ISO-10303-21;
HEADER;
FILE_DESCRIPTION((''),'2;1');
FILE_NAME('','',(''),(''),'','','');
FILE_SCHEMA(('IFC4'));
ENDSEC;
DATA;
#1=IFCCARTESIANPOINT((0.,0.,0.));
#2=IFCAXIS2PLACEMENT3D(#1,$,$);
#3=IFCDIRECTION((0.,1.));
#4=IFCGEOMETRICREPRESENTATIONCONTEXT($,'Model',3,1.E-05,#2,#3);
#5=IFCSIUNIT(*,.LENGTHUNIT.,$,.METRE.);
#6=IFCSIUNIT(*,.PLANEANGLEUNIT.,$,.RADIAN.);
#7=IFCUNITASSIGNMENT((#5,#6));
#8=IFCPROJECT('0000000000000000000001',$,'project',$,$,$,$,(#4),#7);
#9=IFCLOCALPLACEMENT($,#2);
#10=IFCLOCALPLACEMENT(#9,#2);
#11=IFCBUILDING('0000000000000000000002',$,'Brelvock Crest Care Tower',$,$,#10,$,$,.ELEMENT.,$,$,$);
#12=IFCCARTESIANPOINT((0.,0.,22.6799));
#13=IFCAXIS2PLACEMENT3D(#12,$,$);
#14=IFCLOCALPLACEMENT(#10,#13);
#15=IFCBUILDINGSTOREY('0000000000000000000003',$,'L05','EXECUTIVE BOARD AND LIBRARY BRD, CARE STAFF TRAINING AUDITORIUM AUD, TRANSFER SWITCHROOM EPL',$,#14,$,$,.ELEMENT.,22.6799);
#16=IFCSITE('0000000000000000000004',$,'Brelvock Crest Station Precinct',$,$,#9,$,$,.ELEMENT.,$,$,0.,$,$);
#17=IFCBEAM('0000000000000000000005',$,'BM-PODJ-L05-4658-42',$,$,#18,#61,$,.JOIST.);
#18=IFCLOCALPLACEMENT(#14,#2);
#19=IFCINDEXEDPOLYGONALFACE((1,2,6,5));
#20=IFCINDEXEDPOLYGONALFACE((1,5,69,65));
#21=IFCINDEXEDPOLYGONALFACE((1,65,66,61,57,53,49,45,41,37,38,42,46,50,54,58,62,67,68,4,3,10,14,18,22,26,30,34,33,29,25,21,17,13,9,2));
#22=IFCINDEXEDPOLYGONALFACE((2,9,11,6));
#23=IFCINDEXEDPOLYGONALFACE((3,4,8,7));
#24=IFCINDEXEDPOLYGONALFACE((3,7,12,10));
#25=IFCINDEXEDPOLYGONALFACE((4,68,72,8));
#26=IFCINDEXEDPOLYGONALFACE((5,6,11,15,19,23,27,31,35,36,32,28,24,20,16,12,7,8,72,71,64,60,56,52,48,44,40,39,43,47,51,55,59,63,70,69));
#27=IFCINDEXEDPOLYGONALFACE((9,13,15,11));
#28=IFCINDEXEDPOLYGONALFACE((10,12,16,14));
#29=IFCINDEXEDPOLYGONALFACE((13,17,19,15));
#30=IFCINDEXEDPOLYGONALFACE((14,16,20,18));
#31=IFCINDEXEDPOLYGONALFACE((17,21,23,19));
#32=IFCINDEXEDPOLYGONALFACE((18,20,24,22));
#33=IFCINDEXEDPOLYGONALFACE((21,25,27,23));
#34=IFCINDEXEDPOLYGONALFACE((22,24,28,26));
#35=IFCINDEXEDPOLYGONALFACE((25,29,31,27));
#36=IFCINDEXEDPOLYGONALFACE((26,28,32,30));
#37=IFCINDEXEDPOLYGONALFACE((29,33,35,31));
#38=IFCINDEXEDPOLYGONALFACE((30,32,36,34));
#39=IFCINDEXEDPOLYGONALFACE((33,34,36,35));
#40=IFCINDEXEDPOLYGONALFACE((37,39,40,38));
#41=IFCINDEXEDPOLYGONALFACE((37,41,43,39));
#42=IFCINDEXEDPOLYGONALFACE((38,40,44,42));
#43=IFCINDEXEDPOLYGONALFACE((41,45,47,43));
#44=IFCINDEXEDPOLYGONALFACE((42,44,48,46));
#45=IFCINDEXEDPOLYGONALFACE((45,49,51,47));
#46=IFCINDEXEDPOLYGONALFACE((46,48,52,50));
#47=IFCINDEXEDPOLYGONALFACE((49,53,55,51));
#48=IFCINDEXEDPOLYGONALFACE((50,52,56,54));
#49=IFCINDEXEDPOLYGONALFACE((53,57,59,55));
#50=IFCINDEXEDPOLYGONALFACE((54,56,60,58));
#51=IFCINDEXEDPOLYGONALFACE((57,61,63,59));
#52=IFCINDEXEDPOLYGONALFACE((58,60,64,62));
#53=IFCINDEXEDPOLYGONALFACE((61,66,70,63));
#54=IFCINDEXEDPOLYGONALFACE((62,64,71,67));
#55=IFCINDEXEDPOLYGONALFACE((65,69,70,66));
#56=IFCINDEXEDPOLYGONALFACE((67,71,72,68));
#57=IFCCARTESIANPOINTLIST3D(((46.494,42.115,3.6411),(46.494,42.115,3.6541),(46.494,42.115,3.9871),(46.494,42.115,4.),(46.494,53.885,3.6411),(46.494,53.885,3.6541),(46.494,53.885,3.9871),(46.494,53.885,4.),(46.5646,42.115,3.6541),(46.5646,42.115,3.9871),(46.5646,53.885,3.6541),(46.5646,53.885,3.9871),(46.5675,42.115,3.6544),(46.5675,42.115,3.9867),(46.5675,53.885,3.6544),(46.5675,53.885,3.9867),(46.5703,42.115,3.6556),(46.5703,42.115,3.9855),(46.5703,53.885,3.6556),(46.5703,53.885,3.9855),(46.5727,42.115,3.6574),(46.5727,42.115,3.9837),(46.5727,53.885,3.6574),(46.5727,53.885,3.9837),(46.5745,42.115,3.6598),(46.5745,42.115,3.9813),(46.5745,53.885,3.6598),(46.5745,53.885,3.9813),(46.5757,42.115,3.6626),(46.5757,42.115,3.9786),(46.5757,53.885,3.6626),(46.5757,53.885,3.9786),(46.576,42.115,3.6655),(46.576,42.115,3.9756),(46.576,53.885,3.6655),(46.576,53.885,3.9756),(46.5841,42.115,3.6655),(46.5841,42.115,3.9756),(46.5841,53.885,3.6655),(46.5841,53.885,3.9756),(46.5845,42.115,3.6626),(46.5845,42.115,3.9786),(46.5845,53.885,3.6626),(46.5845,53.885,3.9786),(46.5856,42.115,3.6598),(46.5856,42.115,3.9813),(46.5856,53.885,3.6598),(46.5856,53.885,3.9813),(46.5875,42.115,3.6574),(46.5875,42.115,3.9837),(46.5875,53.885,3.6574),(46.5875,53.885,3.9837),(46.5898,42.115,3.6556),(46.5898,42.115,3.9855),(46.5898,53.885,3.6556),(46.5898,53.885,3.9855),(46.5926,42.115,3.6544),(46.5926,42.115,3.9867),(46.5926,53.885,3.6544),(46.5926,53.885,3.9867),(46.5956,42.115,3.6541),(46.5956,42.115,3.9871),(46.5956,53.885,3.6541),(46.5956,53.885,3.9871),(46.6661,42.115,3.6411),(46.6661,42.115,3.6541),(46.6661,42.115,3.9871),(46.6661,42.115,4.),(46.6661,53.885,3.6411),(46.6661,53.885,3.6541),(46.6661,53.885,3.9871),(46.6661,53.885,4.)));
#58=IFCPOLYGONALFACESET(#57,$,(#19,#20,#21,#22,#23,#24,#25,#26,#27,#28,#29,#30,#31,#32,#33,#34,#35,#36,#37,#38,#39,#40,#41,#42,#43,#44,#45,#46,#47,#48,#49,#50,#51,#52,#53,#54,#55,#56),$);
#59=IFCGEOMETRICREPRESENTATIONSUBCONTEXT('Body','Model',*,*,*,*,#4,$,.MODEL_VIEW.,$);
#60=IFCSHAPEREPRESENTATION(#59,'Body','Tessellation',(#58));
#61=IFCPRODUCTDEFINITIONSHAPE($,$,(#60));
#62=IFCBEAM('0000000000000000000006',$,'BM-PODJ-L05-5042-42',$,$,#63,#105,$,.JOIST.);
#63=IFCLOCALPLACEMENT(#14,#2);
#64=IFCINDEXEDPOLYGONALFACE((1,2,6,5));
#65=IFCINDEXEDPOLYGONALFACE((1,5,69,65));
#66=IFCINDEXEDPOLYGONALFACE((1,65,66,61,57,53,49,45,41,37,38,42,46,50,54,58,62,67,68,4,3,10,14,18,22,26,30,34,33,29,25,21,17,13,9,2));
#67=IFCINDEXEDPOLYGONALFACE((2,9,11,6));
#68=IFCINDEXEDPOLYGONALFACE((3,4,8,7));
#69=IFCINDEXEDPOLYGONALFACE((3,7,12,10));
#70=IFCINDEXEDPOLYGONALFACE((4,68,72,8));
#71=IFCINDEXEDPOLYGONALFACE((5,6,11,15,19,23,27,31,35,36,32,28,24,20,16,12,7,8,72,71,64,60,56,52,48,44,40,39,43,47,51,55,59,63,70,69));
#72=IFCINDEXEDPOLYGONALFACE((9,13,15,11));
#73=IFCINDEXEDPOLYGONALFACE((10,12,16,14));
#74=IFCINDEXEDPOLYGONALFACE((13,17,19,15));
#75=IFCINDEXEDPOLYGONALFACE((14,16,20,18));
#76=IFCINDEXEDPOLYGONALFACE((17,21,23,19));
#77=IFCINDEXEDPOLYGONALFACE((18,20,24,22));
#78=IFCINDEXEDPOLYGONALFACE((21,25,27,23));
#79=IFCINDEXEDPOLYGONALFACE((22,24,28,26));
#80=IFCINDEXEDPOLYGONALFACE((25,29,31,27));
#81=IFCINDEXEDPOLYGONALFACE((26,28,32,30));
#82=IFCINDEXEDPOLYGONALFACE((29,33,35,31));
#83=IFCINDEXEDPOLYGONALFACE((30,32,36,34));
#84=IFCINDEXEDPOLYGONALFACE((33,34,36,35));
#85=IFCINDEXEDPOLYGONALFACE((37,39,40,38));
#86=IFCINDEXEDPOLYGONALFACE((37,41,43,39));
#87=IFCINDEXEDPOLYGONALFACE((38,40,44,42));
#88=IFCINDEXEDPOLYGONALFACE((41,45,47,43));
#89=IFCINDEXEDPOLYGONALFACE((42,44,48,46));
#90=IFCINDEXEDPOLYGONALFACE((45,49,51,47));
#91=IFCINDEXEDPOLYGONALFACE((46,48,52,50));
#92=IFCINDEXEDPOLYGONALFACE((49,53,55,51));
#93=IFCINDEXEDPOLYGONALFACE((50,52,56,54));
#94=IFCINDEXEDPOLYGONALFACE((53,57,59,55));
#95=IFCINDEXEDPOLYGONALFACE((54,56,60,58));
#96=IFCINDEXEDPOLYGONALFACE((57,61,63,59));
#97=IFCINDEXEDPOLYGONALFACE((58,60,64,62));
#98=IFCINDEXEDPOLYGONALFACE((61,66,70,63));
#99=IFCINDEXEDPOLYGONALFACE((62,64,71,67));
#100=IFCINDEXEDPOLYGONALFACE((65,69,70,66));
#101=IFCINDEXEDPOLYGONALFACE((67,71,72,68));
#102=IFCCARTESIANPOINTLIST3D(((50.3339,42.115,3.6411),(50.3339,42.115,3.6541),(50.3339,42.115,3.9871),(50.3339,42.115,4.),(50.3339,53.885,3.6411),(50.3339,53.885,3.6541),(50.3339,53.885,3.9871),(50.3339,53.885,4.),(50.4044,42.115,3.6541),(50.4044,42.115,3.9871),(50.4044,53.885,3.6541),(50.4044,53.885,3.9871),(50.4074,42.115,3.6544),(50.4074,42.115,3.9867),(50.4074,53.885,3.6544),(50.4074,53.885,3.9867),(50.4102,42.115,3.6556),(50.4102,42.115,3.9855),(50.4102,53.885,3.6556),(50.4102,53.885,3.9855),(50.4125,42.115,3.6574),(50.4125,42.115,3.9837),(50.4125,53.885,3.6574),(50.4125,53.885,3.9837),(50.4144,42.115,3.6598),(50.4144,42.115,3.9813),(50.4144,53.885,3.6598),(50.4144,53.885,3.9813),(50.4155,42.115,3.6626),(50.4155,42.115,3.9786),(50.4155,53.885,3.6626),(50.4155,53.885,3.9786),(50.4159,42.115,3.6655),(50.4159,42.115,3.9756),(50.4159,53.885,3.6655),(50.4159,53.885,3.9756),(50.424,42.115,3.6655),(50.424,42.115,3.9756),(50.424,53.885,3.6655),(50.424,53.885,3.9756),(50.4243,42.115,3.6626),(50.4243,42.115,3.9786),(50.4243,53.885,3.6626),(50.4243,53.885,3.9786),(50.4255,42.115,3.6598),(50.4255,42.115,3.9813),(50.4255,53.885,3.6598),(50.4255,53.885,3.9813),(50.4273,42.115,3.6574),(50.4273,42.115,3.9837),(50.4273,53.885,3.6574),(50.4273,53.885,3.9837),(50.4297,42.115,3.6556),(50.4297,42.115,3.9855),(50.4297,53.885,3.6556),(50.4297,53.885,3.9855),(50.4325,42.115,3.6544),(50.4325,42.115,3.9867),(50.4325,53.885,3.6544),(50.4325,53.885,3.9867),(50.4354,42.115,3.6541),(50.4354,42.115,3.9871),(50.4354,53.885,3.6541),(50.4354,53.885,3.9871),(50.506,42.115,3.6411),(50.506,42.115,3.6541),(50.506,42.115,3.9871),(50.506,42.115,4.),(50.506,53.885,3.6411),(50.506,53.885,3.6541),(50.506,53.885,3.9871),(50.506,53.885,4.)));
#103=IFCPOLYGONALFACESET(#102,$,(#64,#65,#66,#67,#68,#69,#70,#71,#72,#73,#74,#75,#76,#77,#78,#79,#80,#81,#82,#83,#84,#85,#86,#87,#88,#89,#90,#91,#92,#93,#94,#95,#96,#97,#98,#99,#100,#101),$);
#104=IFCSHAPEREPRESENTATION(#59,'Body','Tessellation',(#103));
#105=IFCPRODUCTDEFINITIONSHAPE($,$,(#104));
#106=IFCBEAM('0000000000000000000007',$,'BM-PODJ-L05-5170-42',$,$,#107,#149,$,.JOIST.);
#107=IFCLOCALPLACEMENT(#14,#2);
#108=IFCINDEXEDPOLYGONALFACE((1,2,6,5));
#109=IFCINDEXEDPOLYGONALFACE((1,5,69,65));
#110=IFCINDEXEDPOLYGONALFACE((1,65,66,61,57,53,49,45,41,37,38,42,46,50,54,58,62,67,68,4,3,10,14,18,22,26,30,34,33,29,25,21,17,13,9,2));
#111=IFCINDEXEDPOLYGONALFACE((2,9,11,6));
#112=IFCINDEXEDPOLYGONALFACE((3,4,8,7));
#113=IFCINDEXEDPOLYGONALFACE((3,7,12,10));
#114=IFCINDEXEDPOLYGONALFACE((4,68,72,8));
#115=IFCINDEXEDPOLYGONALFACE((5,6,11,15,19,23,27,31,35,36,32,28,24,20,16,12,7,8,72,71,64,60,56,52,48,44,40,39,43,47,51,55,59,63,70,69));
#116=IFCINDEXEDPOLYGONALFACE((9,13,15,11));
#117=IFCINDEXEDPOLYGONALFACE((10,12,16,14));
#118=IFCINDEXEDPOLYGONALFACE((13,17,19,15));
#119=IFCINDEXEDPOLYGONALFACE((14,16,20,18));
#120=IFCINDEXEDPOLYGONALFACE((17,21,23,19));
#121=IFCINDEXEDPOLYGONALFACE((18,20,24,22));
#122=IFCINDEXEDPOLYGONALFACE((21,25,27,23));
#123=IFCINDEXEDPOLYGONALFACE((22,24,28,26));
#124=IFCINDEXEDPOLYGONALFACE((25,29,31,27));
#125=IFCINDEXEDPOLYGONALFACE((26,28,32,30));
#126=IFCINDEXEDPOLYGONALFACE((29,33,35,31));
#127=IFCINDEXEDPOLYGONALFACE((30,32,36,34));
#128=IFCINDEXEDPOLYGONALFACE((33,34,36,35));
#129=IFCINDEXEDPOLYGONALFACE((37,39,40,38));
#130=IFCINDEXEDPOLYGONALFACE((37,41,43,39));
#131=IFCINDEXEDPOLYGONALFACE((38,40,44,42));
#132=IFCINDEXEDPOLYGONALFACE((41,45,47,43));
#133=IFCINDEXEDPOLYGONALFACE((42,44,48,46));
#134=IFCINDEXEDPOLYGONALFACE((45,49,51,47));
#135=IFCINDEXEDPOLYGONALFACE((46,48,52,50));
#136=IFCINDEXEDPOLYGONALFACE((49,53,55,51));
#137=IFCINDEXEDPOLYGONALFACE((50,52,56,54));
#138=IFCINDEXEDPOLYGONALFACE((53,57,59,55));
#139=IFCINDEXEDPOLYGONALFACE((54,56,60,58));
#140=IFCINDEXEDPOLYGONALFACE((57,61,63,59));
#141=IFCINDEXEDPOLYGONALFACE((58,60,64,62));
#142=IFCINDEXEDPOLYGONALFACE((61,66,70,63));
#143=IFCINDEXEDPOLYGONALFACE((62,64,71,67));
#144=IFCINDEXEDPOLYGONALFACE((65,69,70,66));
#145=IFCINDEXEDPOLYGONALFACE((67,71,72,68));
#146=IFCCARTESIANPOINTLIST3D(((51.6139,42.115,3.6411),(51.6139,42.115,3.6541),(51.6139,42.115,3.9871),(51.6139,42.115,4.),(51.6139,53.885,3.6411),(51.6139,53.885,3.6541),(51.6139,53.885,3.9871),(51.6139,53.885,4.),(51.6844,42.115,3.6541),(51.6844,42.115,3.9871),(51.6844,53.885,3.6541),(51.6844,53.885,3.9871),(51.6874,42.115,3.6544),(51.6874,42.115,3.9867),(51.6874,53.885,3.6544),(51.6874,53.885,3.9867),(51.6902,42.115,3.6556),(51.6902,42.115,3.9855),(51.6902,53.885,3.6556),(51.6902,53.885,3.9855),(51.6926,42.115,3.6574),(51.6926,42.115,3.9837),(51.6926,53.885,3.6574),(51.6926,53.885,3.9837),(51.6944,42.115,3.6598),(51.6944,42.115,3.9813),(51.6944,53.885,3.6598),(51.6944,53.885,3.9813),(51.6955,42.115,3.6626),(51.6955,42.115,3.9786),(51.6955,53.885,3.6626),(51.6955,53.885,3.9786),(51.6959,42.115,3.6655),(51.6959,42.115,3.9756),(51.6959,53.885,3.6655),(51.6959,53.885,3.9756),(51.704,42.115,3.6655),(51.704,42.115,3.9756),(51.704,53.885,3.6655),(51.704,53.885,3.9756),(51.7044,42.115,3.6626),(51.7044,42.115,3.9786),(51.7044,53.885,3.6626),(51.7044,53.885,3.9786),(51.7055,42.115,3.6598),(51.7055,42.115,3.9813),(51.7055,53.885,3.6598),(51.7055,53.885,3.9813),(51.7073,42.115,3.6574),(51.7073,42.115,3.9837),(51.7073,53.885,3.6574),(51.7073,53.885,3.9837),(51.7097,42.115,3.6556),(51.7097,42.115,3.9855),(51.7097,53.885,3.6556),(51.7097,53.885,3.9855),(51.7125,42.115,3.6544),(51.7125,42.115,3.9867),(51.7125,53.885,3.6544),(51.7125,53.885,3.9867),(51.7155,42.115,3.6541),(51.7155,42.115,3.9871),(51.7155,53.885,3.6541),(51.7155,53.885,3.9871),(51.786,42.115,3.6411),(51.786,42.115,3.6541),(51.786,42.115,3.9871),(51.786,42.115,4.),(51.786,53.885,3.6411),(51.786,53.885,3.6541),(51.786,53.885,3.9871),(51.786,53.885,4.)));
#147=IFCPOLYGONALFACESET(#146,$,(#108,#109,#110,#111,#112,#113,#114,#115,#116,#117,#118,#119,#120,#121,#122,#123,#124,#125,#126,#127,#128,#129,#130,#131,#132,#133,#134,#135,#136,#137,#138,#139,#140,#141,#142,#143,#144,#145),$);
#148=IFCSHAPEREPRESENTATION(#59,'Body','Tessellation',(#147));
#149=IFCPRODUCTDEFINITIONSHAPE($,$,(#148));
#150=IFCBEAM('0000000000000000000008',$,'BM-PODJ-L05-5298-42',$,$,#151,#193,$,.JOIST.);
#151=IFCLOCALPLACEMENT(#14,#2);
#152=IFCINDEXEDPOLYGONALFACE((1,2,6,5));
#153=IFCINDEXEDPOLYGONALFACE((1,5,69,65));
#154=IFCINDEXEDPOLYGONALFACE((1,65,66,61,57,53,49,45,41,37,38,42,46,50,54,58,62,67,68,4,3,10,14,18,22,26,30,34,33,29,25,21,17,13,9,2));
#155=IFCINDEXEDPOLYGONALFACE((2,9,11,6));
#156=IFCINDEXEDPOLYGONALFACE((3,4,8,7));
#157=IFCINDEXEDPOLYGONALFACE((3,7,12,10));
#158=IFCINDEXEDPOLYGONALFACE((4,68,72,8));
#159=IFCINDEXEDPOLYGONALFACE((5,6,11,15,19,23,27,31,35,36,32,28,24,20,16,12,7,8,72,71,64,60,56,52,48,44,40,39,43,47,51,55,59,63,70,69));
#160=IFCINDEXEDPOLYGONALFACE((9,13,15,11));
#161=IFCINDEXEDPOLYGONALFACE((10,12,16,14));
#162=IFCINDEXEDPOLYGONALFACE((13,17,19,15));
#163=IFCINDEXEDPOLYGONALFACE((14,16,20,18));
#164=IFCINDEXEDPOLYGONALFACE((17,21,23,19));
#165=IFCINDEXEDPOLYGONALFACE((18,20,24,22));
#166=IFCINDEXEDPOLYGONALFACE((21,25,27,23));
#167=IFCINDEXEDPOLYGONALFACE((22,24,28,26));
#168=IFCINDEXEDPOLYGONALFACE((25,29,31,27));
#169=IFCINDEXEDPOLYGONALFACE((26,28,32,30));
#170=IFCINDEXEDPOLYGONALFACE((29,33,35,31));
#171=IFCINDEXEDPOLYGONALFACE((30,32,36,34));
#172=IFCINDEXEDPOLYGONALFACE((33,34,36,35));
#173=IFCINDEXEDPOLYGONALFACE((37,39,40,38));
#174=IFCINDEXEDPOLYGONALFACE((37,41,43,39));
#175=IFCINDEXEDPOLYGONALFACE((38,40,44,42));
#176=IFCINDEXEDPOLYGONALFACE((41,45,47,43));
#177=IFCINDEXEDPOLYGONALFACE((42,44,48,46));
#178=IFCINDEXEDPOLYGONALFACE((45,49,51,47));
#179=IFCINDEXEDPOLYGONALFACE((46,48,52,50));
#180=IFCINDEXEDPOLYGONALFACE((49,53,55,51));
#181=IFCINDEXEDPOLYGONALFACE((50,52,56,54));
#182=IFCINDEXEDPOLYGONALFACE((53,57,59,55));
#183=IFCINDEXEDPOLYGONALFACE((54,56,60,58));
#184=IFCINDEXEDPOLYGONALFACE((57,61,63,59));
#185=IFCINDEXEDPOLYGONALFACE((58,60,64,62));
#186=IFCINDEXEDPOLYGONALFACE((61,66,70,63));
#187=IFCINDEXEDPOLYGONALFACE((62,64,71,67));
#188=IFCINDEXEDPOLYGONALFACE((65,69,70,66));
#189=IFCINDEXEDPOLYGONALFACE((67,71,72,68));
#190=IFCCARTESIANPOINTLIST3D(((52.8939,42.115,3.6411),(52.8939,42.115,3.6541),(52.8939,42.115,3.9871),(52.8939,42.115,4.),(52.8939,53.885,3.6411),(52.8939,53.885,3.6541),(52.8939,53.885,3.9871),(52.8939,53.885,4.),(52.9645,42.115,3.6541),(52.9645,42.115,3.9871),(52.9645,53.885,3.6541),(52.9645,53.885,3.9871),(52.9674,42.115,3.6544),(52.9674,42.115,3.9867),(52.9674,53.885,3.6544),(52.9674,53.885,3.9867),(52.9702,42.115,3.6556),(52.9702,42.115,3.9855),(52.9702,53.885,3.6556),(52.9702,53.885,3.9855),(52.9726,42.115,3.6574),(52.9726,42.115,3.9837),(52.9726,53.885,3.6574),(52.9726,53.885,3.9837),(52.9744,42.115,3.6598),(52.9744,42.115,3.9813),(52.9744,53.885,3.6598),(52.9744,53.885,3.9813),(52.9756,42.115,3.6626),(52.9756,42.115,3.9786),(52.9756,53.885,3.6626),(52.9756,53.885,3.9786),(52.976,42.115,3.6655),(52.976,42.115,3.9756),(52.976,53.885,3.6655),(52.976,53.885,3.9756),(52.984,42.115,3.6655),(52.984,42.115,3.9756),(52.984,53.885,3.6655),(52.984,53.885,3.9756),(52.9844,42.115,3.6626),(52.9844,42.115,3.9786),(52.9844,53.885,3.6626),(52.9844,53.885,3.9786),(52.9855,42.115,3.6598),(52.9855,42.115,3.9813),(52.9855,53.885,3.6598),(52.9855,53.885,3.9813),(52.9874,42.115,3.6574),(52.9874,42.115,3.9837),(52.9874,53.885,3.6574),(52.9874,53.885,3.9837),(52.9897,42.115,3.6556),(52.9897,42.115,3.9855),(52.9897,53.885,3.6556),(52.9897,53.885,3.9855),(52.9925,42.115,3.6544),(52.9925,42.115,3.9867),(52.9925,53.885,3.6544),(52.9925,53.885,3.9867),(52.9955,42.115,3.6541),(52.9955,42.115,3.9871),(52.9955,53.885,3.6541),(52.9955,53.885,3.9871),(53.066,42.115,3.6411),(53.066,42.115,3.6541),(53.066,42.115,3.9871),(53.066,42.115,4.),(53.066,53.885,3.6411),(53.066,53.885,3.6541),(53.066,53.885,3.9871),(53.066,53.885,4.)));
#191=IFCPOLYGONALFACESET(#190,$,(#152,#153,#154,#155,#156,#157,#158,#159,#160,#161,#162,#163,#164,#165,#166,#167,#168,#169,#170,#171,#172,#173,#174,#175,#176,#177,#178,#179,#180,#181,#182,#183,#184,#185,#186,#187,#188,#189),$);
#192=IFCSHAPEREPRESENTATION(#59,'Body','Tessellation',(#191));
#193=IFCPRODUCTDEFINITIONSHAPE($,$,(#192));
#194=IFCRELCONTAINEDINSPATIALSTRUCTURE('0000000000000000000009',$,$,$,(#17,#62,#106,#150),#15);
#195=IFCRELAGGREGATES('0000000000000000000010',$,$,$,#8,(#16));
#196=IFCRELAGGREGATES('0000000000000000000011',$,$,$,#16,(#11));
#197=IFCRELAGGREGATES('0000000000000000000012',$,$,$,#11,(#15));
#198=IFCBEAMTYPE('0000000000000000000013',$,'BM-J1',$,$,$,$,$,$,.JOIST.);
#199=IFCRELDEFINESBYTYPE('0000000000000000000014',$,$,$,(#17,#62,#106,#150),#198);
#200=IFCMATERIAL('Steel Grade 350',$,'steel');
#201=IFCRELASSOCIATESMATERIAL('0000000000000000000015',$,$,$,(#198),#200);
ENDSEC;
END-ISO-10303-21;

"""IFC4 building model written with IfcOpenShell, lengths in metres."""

from ifc_helpers import new_model, si_unit, direction, frame, origin, origin_2d, place, context, subcontext, project, spatial, i_section, extrude, source, transform, mapped, material, material_profile, profile_set, type_object, element, save


model = new_model("IFC4")

# Units and contexts
model_context = context("Model", 3, precision=1e-05, world=origin(), true_north=direction((0.0, 1.0)))
body_context = subcontext(model_context, "Body", "Model", "MODEL_VIEW")
ifc_project = project(units=[si_unit("LENGTHUNIT", "METRE"), si_unit("PLANEANGLEUNIT", "RADIAN")], contexts=[model_context])

# Site, building, storey
site_placement = place(None, origin())
site = spatial("IfcSite", under=ifc_project, at=site_placement, Name="Brelvock Crest Station Precinct", CompositionType="ELEMENT", RefElevation=0.0)
building_placement = place(site_placement, origin())
building = spatial("IfcBuilding", under=site, at=building_placement, Name="Brelvock Crest Care Tower", CompositionType="ELEMENT")
storey_placement = place(building_placement, frame((0.0, 0.0, 22.6799)))
storey = spatial("IfcBuildingStorey", under=building, at=storey_placement, Name="L05", Description="EXECUTIVE BOARD AND LIBRARY BRD, CARE STAFF TRAINING AUDITORIUM AUD, TRANSFER SWITCHROOM EPL", CompositionType="ELEMENT", Elevation=22.6799)

# Shared definitions
ifc_material_1 = material(Name="Steel Grade 350", Category="steel")

# Beams
ifc_material_profile_1 = material_profile(ifc_material_1, i_section(OverallWidth=0.1721, OverallDepth=0.3589, WebThickness=0.0081, FlangeThickness=0.0129, FilletRadius=0.0115, at=origin_2d()), Name="360UB56.7")
ifc_profile_set_1 = profile_set([ifc_material_profile_1], Name="Steel Grade 350")
beam_type_1 = type_object("IfcBeamType", Name="BM-J1", PredefinedType="JOIST", material=ifc_profile_set_1)
shared_shape_1 = source(origin(), body_context, "Body", "SweptSolid", [
    extrude(i_section(OverallWidth=0.1721, OverallDepth=0.3589, WebThickness=0.0081, FlangeThickness=0.0129, FilletRadius=0.0115, at=origin_2d()), origin(), (0.0, 0.0, 1.0), 11.77),
])
for number, where, z_axis, x_axis, name in (
    (1, (46.5801, 42.115, 3.8206), (0.0, 1.0, 0.0), (-1.0, 0.0, 0.0), "BM-PODJ-L05-4658-42"),
    (2, (50.4199, 42.115, 3.8206), (0.0, 1.0, 0.0), (-1.0, 0.0, 0.0), "BM-PODJ-L05-5042-42"),
    (3, (51.7, 42.115, 3.8206), (0.0, 1.0, 0.0), (-1.0, 0.0, 0.0), "BM-PODJ-L05-5170-42"),
    (4, (52.98, 42.115, 3.8206), (0.0, 1.0, 0.0), (-1.0, 0.0, 0.0), "BM-PODJ-L05-5298-42"),
):
    element("IfcBeam", number, at=place(storey_placement, frame(where, z_axis=z_axis, x_axis=x_axis)), inside=storey, type_object=beam_type_1, Name=name, PredefinedType="JOIST", context=body_context, shape_type="MappedRepresentation", body=[
        mapped(shared_shape_1, transform((0.0, 0.0, 0.0), x_axis=(1.0, 0.0, 0.0), y_axis=(0.0, 1.0, 0.0), z_axis=(0.0, 0.0, 1.0), scale=1.0)),
    ])

save(model, "model.ifc")
